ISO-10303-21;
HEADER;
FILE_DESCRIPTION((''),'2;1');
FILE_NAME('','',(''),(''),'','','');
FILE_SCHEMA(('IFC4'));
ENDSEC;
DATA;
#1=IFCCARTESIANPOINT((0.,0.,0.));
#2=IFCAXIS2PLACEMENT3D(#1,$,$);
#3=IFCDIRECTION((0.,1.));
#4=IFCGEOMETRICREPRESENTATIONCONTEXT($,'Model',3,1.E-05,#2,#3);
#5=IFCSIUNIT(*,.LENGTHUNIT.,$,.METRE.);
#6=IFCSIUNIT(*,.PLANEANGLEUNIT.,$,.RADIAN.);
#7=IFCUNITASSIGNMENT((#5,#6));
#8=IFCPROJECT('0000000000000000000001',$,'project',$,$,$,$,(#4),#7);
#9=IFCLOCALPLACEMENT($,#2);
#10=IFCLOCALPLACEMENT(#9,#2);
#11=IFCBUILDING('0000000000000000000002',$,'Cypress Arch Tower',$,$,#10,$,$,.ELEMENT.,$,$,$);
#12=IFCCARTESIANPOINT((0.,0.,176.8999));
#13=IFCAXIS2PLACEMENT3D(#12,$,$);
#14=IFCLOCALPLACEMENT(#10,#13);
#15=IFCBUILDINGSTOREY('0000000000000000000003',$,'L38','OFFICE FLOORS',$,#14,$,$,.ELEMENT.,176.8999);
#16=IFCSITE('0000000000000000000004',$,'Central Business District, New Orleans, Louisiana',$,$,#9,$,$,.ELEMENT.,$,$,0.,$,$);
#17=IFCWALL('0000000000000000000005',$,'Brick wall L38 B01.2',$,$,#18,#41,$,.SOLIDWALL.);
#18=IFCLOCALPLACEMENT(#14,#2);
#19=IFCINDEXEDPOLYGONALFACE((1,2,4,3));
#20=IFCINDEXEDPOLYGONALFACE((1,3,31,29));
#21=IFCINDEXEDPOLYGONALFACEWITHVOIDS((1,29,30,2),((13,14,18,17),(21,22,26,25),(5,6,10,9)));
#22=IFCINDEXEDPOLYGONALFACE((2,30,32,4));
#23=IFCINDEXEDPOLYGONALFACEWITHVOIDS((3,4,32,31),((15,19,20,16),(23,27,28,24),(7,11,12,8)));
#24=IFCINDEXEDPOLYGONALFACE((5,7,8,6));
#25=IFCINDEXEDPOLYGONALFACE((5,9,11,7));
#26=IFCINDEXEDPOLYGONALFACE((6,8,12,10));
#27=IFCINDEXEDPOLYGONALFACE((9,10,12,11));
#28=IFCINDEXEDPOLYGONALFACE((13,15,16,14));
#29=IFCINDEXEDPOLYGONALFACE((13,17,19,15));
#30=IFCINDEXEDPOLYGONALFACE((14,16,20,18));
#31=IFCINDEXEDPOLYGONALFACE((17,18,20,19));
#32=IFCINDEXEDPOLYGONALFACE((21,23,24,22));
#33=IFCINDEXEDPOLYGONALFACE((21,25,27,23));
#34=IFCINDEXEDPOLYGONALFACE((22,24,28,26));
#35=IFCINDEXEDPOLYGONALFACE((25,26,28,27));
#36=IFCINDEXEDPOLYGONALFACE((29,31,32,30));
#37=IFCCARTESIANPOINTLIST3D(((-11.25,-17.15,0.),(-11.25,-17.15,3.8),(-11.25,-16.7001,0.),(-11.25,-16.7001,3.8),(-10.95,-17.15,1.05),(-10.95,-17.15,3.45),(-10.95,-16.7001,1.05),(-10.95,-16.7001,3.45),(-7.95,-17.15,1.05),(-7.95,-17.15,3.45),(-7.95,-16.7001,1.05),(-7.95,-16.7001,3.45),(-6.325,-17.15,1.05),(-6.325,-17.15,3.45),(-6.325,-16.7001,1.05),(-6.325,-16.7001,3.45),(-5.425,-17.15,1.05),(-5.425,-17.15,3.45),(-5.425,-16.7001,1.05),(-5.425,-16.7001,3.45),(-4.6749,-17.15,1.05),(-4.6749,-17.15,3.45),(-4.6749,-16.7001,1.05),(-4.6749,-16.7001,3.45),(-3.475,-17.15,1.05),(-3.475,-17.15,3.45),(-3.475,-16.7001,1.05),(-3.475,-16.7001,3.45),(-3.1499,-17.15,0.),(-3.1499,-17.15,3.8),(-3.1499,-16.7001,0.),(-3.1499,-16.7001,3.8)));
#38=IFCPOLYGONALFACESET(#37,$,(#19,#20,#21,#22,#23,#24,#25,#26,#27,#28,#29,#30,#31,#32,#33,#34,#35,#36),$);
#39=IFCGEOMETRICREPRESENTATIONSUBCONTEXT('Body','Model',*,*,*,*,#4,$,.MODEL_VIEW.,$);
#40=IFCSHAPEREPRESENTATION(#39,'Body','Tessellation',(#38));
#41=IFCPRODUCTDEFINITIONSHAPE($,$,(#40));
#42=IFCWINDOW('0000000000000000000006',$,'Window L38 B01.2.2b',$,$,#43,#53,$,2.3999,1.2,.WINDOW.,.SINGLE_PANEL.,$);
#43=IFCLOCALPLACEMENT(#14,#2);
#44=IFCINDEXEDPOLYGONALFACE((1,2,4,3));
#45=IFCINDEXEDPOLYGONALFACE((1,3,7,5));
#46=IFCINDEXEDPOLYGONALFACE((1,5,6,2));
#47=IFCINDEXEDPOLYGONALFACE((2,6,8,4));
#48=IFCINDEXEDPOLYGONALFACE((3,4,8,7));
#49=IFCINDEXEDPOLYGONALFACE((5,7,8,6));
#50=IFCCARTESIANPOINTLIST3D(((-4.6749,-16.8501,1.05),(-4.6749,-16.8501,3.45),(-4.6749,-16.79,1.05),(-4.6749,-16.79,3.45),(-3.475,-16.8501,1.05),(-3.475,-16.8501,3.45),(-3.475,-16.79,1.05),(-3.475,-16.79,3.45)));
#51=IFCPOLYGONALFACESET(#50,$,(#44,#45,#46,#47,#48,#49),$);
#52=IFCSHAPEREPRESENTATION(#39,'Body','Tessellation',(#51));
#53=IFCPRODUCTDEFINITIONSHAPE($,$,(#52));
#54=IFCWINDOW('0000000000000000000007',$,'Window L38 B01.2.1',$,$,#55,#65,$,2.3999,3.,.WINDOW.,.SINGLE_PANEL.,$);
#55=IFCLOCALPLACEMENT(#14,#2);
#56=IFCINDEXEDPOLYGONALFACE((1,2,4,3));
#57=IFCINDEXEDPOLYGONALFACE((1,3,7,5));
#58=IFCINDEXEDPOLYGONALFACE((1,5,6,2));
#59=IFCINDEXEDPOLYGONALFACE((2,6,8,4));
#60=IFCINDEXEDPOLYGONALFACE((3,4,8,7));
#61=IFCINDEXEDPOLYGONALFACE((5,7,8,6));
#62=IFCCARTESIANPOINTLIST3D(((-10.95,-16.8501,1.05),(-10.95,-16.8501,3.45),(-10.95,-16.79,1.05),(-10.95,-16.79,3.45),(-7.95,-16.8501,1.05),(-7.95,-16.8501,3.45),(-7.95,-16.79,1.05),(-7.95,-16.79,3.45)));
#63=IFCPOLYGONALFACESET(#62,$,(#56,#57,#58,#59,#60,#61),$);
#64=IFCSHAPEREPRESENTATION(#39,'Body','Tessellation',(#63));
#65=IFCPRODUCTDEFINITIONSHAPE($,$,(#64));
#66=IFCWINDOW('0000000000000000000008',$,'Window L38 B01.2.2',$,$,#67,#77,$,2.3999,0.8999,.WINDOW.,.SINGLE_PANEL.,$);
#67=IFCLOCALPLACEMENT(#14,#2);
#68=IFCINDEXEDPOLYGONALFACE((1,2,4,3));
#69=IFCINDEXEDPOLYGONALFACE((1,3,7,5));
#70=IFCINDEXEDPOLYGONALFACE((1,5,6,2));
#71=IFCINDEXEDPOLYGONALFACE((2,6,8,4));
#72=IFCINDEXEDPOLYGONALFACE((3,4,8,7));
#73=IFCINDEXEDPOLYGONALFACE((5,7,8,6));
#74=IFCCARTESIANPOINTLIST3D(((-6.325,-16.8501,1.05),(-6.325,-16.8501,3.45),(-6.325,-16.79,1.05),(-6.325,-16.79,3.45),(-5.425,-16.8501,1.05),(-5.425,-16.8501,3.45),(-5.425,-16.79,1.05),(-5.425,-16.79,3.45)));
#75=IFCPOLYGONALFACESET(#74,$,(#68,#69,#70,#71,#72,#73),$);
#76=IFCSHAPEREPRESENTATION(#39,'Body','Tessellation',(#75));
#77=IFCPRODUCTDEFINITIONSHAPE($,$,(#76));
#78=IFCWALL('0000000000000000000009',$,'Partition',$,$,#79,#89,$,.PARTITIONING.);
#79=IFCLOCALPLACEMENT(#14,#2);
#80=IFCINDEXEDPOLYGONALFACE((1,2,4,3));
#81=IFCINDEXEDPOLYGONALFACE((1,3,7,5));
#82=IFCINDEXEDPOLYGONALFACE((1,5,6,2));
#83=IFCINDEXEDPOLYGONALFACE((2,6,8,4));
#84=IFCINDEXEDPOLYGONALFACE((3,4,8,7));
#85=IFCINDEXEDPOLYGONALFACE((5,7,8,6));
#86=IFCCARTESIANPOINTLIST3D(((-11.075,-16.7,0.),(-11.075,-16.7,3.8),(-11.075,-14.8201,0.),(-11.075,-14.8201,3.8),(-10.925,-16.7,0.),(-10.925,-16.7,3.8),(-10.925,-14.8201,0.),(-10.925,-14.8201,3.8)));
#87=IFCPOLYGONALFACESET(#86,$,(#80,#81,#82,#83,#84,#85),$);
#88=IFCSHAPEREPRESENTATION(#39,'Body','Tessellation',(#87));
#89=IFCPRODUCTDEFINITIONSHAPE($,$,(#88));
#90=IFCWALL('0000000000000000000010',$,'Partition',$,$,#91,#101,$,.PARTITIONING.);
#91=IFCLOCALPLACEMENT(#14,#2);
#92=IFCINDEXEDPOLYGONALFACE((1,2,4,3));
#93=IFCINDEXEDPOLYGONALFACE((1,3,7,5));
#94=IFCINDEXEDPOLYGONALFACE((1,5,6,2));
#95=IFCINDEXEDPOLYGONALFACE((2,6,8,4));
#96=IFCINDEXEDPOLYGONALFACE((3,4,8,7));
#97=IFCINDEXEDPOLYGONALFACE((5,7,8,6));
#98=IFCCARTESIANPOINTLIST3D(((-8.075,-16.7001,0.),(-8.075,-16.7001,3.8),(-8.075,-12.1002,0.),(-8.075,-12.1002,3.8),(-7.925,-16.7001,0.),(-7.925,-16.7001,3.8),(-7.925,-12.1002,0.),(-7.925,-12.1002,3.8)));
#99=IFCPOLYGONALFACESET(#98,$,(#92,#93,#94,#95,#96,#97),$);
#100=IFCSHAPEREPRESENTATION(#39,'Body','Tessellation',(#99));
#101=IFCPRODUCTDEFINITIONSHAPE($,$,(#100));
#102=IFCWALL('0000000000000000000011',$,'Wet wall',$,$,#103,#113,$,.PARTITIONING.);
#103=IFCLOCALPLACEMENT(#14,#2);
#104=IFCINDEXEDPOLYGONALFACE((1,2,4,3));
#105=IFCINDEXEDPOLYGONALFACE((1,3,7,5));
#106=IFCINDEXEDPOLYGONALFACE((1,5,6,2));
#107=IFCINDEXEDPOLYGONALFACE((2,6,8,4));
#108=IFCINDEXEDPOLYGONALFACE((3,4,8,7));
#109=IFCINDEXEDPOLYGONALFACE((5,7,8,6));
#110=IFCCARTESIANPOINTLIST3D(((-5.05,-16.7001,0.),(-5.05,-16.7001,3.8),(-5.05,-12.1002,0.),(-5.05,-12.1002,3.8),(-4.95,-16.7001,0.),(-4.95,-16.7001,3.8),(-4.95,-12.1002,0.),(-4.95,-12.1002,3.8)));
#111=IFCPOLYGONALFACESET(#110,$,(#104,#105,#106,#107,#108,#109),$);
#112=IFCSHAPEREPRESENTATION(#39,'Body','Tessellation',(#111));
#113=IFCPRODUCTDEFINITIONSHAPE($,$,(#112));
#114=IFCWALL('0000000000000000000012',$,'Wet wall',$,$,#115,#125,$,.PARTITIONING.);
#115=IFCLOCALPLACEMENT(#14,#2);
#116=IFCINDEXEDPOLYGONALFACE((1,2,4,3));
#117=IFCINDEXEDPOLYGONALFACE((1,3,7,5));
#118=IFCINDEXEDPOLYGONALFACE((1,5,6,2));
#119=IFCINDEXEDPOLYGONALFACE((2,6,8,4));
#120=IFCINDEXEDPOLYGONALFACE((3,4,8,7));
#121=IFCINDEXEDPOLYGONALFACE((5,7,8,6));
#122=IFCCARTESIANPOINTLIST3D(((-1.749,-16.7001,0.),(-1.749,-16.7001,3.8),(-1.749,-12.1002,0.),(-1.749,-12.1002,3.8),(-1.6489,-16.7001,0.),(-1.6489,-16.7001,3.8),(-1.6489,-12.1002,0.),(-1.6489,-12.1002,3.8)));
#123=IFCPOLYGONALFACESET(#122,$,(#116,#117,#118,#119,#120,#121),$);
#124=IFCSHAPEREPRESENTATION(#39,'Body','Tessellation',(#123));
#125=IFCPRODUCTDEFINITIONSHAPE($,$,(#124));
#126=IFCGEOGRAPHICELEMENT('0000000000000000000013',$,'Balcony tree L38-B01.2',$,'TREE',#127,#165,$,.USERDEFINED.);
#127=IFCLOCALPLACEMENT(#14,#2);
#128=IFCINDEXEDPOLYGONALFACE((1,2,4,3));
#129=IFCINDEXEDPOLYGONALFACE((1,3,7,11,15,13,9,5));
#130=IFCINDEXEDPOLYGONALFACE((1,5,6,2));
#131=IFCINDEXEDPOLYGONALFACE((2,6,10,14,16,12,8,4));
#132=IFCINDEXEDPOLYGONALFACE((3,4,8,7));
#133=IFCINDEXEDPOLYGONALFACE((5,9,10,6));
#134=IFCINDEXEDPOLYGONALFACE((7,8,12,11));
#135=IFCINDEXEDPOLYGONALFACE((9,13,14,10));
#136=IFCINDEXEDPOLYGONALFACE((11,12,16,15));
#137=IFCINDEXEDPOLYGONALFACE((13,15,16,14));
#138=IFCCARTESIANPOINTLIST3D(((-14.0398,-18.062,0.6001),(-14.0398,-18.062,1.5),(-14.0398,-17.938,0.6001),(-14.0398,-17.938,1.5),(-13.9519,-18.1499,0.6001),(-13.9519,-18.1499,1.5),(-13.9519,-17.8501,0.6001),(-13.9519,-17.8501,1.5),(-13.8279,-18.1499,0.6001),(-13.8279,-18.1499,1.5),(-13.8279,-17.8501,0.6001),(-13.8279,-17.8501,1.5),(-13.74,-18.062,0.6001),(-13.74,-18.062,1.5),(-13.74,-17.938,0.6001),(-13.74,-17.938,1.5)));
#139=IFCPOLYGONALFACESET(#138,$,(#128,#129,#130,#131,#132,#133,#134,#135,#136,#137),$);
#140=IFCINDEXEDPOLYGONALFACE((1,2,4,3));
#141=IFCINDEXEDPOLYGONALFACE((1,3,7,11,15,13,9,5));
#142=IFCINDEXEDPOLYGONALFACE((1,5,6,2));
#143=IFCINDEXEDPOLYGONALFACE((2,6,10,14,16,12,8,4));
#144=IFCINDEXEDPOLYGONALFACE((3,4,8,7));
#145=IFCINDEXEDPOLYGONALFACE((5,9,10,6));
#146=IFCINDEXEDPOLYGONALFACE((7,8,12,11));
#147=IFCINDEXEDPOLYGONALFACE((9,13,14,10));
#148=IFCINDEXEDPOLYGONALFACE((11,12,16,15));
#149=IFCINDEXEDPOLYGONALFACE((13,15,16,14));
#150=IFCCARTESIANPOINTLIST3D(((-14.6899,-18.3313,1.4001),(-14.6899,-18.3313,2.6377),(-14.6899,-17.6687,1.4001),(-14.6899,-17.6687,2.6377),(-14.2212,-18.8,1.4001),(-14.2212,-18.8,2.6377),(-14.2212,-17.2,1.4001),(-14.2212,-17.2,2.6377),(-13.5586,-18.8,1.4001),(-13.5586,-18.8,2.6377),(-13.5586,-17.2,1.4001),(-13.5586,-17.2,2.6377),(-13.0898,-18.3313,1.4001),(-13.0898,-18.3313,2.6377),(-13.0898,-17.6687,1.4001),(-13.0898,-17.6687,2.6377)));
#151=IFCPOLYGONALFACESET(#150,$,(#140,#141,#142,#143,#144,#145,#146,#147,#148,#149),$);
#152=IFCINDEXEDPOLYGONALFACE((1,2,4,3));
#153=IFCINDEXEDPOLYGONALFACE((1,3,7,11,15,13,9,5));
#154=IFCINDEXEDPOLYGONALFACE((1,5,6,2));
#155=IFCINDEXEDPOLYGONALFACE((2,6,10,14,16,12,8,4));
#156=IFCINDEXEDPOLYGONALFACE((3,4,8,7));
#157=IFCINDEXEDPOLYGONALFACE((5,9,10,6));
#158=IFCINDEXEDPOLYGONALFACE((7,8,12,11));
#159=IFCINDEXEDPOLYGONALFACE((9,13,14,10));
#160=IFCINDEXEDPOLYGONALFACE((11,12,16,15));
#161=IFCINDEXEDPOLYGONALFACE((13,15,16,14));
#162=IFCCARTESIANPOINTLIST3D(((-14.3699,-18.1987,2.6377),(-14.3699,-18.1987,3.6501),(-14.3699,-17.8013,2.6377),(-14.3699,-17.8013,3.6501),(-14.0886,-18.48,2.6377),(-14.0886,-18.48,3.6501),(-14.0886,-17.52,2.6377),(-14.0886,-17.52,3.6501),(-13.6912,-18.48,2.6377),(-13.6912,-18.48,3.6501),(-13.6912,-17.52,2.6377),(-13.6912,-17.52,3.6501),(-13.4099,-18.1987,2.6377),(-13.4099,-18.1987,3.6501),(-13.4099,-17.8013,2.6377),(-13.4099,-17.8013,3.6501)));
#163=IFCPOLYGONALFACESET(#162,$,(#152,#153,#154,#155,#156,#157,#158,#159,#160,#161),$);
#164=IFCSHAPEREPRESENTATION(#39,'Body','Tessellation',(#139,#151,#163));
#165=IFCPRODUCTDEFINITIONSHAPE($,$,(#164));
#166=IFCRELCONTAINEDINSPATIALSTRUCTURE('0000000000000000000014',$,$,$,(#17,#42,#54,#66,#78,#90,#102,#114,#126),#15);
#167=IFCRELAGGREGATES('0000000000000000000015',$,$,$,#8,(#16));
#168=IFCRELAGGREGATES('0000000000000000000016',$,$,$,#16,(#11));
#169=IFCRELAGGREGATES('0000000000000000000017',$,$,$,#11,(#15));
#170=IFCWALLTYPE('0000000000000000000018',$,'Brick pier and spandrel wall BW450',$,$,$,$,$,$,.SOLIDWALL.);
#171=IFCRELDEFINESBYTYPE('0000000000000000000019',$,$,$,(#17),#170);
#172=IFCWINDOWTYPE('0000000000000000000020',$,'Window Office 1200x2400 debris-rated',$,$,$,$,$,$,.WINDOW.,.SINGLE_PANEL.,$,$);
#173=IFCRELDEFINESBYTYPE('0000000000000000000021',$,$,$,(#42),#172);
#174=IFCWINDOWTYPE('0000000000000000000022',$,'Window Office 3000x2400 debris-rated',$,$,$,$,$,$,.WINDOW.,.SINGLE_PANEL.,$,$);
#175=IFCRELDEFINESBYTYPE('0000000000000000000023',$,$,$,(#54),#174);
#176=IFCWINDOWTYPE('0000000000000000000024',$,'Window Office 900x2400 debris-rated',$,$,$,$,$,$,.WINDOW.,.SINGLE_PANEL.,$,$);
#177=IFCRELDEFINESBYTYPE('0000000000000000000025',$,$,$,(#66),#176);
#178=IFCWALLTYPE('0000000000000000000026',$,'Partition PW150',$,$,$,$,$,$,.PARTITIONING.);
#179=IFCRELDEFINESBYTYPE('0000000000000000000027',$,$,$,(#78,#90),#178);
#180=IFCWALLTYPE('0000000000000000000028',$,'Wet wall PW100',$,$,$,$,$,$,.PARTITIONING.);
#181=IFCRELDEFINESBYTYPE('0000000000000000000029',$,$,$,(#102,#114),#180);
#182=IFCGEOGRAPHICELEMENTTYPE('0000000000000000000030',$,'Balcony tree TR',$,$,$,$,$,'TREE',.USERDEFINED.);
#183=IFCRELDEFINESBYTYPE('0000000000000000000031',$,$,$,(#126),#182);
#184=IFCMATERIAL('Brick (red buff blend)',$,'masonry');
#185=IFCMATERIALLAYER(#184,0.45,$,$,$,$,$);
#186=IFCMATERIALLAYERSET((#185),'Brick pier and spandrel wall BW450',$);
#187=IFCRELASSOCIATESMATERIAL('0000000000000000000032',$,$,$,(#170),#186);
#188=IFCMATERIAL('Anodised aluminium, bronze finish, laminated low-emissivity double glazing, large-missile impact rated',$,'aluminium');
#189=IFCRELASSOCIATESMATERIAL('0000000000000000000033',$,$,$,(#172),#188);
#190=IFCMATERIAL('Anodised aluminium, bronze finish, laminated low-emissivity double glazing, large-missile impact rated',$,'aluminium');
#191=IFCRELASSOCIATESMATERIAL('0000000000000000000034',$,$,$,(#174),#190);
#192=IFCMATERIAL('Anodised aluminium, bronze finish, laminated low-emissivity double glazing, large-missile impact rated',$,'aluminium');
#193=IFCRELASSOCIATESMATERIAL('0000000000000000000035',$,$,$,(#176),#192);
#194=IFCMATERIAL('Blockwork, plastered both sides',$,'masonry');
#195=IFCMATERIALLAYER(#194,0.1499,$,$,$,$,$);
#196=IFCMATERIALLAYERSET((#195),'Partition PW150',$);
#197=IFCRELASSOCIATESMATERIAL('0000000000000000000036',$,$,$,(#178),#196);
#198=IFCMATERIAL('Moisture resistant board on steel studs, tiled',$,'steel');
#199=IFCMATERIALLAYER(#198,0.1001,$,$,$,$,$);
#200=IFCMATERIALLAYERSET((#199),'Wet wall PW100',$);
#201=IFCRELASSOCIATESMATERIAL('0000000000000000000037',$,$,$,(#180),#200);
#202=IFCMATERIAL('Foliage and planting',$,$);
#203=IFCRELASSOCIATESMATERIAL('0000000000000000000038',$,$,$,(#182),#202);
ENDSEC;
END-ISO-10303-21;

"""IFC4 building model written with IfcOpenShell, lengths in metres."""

from ifc_helpers import new_model, si_unit, direction, frame, frame_2d, origin, place, context, subcontext, project, spatial, polyline, rectangle, outline, extrude, material, layer, layer_set, type_object, element, fill, save


model = new_model("IFC4")

# Units and contexts
model_context = context("Model", 3, precision=1e-05, world=origin(), true_north=direction((0.0, 1.0)))
body_context = subcontext(model_context, "Body", "Model", "MODEL_VIEW")
ifc_project = project(units=[si_unit("LENGTHUNIT", "METRE"), si_unit("PLANEANGLEUNIT", "RADIAN")], contexts=[model_context])

# Site, building, storey
site_placement = place(None, origin())
site = spatial("IfcSite", under=ifc_project, at=site_placement, Name="Central Business District, New Orleans, Louisiana", CompositionType="ELEMENT", RefElevation=0.0)
building_placement = place(site_placement, origin())
building = spatial("IfcBuilding", under=site, at=building_placement, Name="Cypress Arch Tower", CompositionType="ELEMENT")
storey_placement = place(building_placement, frame((0.0, 0.0, 176.8999)))
storey = spatial("IfcBuildingStorey", under=building, at=storey_placement, Name="L38", Description="OFFICE FLOORS", CompositionType="ELEMENT", Elevation=176.8999)

# Wall, openings, windows
ifc_material_1 = material(Name="Brick (red buff blend)", Category="masonry")
ifc_layer_1 = layer(ifc_material_1, 0.45)
ifc_layer_set_1 = layer_set([ifc_layer_1], Name="Brick pier and spandrel wall BW450")
wall_type_1 = type_object("IfcWallType", Name="Brick pier and spandrel wall BW450", PredefinedType="SOLIDWALL", material=ifc_layer_set_1)
wall_1_placement = place(storey_placement, frame((-11.25, -16.925, 0.0), z_axis=(0.0, 0.0, 1.0), x_axis=(1.0, 0.0, 0.0)))
wall_1 = element("IfcWall", 1, at=wall_1_placement, inside=storey, type_object=wall_type_1, Name="Brick wall L38 B01.2", PredefinedType="SOLIDWALL", context=body_context, shape_type="SweptSolid", body=[
    extrude(rectangle(XDim=8.1001, YDim=0.45, at=frame_2d((4.05, 0.0))), origin(), (0.0, 0.0, 1.0), 3.8),
])
opening_1_placement = place(wall_1_placement, frame((0.3, 0.0, 1.05)))
opening_1 = element("IfcOpeningElement", 2, at=opening_1_placement, cuts=wall_1, PredefinedType="OPENING", context=body_context, shape_type="SweptSolid", body=[
    extrude(rectangle(XDim=3.0, YDim=2.3999, at=frame_2d((1.5, 1.2))), frame((0.0, 0.2349, 0.0), z_axis=(0.0, -1.0, 0.0), x_axis=(1.0, 0.0, 0.0)), (0.0, 0.0, 1.0), 0.47),
])
opening_2_placement = place(wall_1_placement, frame((4.925, 0.0, 1.05)))
opening_2 = element("IfcOpeningElement", 3, at=opening_2_placement, cuts=wall_1, PredefinedType="OPENING", context=body_context, shape_type="SweptSolid", body=[
    extrude(rectangle(XDim=0.8999, YDim=2.3999, at=frame_2d((0.45, 1.2))), frame((0.0, 0.2349, 0.0), z_axis=(0.0, -1.0, 0.0), x_axis=(1.0, 0.0, 0.0)), (0.0, 0.0, 1.0), 0.47),
])
opening_3_placement = place(wall_1_placement, frame((6.575, 0.0, 1.05)))
opening_3 = element("IfcOpeningElement", 4, at=opening_3_placement, cuts=wall_1, PredefinedType="OPENING", context=body_context, shape_type="SweptSolid", body=[
    extrude(rectangle(XDim=1.2, YDim=2.3999, at=frame_2d((0.6001, 1.2))), frame((0.0, 0.2349, 0.0), z_axis=(0.0, -1.0, 0.0), x_axis=(1.0, 0.0, 0.0)), (0.0, 0.0, 1.0), 0.47),
])
ifc_material_2 = material(Name="Anodised aluminium, bronze finish, laminated low-emissivity double glazing, large-missile impact rated", Category="aluminium")
window_type_1 = type_object("IfcWindowType", Name="Window Office 1200x2400 debris-rated", PartitioningType="SINGLE_PANEL", PredefinedType="WINDOW", material=ifc_material_2)
window_1_placement = place(opening_3_placement, origin())
window_1 = element("IfcWindow", 5, at=window_1_placement, inside=storey, type_object=window_type_1, Name="Window L38 B01.2.2b", OverallHeight=2.3999, OverallWidth=1.2, PartitioningType="SINGLE_PANEL", PredefinedType="WINDOW", context=body_context, shape_type="SweptSolid", body=[
    extrude(rectangle(XDim=1.2, YDim=2.3999, at=frame_2d((0.6001, 1.2))), frame((0.0, 0.135, 0.0), z_axis=(0.0, -1.0, 0.0), x_axis=(1.0, 0.0, 0.0)), (0.0, 0.0, 1.0), 0.0601),
])
fill(opening_3, window_1)
ifc_material_3 = material(Name="Anodised aluminium, bronze finish, laminated low-emissivity double glazing, large-missile impact rated", Category="aluminium")
window_type_2 = type_object("IfcWindowType", Name="Window Office 3000x2400 debris-rated", PartitioningType="SINGLE_PANEL", PredefinedType="WINDOW", material=ifc_material_3)
window_2_placement = place(opening_1_placement, origin())
window_2 = element("IfcWindow", 6, at=window_2_placement, inside=storey, type_object=window_type_2, Name="Window L38 B01.2.1", OverallHeight=2.3999, OverallWidth=3.0, PartitioningType="SINGLE_PANEL", PredefinedType="WINDOW", context=body_context, shape_type="SweptSolid", body=[
    extrude(rectangle(XDim=3.0, YDim=2.3999, at=frame_2d((1.5, 1.2))), frame((0.0, 0.135, 0.0), z_axis=(0.0, -1.0, 0.0), x_axis=(1.0, 0.0, 0.0)), (0.0, 0.0, 1.0), 0.0601),
])
fill(opening_1, window_2)
ifc_material_4 = material(Name="Anodised aluminium, bronze finish, laminated low-emissivity double glazing, large-missile impact rated", Category="aluminium")
window_type_3 = type_object("IfcWindowType", Name="Window Office 900x2400 debris-rated", PartitioningType="SINGLE_PANEL", PredefinedType="WINDOW", material=ifc_material_4)
window_3_placement = place(opening_2_placement, origin())
window_3 = element("IfcWindow", 7, at=window_3_placement, inside=storey, type_object=window_type_3, Name="Window L38 B01.2.2", OverallHeight=2.3999, OverallWidth=0.8999, PartitioningType="SINGLE_PANEL", PredefinedType="WINDOW", context=body_context, shape_type="SweptSolid", body=[
    extrude(rectangle(XDim=0.8999, YDim=2.3999, at=frame_2d((0.45, 1.2))), frame((0.0, 0.135, 0.0), z_axis=(0.0, -1.0, 0.0), x_axis=(1.0, 0.0, 0.0)), (0.0, 0.0, 1.0), 0.0601),
])
fill(opening_2, window_3)

# Walls
ifc_material_5 = material(Name="Blockwork, plastered both sides", Category="masonry")
ifc_layer_2 = layer(ifc_material_5, 0.1499)
ifc_layer_set_2 = layer_set([ifc_layer_2], Name="Partition PW150")
wall_type_2 = type_object("IfcWallType", Name="Partition PW150", PredefinedType="PARTITIONING", material=ifc_layer_set_2)
wall_2_placement = place(storey_placement, frame((-11.0, -16.7, 0.0), z_axis=(0.0, 0.0, 1.0), x_axis=(0.0, 1.0, 0.0)))
element("IfcWall", 8, at=wall_2_placement, inside=storey, type_object=wall_type_2, Name="Partition", PredefinedType="PARTITIONING", context=body_context, shape_type="SweptSolid", body=[
    extrude(rectangle(XDim=1.8799, YDim=0.1499, at=frame_2d((0.9399, 0.0))), origin(), (0.0, 0.0, 1.0), 3.8),
])
wall_3_placement = place(storey_placement, frame((-8.0, -16.7, 0.0), z_axis=(0.0, 0.0, 1.0), x_axis=(0.0, 1.0, 0.0)))
element("IfcWall", 9, at=wall_3_placement, inside=storey, type_object=wall_type_2, Name="Partition", PredefinedType="PARTITIONING", context=body_context, shape_type="SweptSolid", body=[
    extrude(rectangle(XDim=4.5999, YDim=0.1499, at=frame_2d((2.2998, 0.0))), origin(), (0.0, 0.0, 1.0), 3.8),
])
ifc_material_6 = material(Name="Moisture resistant board on steel studs, tiled", Category="steel")
ifc_layer_3 = layer(ifc_material_6, 0.1001)
ifc_layer_set_3 = layer_set([ifc_layer_3], Name="Wet wall PW100")
wall_type_3 = type_object("IfcWallType", Name="Wet wall PW100", PredefinedType="PARTITIONING", material=ifc_layer_set_3)
for number, where, z_axis, x_axis, name in (
    (10, (-5.0, -16.7, 0.0), (0.0, 0.0, 1.0), (0.0, 1.0, 0.0), "Wet wall"),
    (11, (-1.699, -16.7, 0.0), (0.0, 0.0, 1.0), (0.0, 1.0, 0.0), "Wet wall"),
):
    element("IfcWall", number, at=place(storey_placement, frame(where, z_axis=z_axis, x_axis=x_axis)), inside=storey, type_object=wall_type_3, Name=name, PredefinedType="PARTITIONING", context=body_context, shape_type="SweptSolid", body=[
        extrude(rectangle(XDim=4.5999, YDim=0.1001, at=frame_2d((2.2998, 0.0))), origin(), (0.0, 0.0, 1.0), 3.8),
    ])

# Geographic element
ifc_material_7 = material(Name="Foliage and planting")
geographic_element_type = type_object("IfcGeographicElementType", Name="Balcony tree TR", ElementType="TREE", PredefinedType="USERDEFINED", material=ifc_material_7)
for number, where, z_axis, x_axis, name in (
    (12, (-13.8899, -18.0, 0.6001), (0.0, 0.0, 1.0), (1.0, 0.0, 0.0), "Balcony tree L38-B01.2"),
):
    element("IfcGeographicElement", number, at=place(storey_placement, frame(where, z_axis=z_axis, x_axis=x_axis)), inside=storey, type_object=geographic_element_type, Name=name, ObjectType="TREE", PredefinedType="USERDEFINED", context=body_context, shape_type="SweptSolid", body=[
        extrude(outline(polyline([(0.1499, 0.062), (0.062, 0.1499), (-0.062, 0.1499), (-0.1499, 0.062), (-0.1499, -0.062), (-0.062, -0.1499), (0.062, -0.1499), (0.1499, -0.062), (0.1499, 0.062)])), origin(), (0.0, 0.0, 1.0), 0.8999),
        extrude(outline(polyline([(0.8, 0.3313), (0.3313, 0.8), (-0.3313, 0.8), (-0.8, 0.3313), (-0.8, -0.3313), (-0.3313, -0.8), (0.3313, -0.8), (0.8, -0.3313), (0.8, 0.3313)])), frame((0.0, 0.0, 0.8)), (0.0, 0.0, 1.0), 1.2375),
        extrude(outline(polyline([(0.48, 0.1987), (0.1987, 0.48), (-0.1987, 0.48), (-0.48, 0.1987), (-0.48, -0.1987), (-0.1987, -0.48), (0.1987, -0.48), (0.48, -0.1987), (0.48, 0.1987)])), frame((0.0, 0.0, 2.0376)), (0.0, 0.0, 1.0), 1.0125),
    ])

save(model, "model.ifc")
